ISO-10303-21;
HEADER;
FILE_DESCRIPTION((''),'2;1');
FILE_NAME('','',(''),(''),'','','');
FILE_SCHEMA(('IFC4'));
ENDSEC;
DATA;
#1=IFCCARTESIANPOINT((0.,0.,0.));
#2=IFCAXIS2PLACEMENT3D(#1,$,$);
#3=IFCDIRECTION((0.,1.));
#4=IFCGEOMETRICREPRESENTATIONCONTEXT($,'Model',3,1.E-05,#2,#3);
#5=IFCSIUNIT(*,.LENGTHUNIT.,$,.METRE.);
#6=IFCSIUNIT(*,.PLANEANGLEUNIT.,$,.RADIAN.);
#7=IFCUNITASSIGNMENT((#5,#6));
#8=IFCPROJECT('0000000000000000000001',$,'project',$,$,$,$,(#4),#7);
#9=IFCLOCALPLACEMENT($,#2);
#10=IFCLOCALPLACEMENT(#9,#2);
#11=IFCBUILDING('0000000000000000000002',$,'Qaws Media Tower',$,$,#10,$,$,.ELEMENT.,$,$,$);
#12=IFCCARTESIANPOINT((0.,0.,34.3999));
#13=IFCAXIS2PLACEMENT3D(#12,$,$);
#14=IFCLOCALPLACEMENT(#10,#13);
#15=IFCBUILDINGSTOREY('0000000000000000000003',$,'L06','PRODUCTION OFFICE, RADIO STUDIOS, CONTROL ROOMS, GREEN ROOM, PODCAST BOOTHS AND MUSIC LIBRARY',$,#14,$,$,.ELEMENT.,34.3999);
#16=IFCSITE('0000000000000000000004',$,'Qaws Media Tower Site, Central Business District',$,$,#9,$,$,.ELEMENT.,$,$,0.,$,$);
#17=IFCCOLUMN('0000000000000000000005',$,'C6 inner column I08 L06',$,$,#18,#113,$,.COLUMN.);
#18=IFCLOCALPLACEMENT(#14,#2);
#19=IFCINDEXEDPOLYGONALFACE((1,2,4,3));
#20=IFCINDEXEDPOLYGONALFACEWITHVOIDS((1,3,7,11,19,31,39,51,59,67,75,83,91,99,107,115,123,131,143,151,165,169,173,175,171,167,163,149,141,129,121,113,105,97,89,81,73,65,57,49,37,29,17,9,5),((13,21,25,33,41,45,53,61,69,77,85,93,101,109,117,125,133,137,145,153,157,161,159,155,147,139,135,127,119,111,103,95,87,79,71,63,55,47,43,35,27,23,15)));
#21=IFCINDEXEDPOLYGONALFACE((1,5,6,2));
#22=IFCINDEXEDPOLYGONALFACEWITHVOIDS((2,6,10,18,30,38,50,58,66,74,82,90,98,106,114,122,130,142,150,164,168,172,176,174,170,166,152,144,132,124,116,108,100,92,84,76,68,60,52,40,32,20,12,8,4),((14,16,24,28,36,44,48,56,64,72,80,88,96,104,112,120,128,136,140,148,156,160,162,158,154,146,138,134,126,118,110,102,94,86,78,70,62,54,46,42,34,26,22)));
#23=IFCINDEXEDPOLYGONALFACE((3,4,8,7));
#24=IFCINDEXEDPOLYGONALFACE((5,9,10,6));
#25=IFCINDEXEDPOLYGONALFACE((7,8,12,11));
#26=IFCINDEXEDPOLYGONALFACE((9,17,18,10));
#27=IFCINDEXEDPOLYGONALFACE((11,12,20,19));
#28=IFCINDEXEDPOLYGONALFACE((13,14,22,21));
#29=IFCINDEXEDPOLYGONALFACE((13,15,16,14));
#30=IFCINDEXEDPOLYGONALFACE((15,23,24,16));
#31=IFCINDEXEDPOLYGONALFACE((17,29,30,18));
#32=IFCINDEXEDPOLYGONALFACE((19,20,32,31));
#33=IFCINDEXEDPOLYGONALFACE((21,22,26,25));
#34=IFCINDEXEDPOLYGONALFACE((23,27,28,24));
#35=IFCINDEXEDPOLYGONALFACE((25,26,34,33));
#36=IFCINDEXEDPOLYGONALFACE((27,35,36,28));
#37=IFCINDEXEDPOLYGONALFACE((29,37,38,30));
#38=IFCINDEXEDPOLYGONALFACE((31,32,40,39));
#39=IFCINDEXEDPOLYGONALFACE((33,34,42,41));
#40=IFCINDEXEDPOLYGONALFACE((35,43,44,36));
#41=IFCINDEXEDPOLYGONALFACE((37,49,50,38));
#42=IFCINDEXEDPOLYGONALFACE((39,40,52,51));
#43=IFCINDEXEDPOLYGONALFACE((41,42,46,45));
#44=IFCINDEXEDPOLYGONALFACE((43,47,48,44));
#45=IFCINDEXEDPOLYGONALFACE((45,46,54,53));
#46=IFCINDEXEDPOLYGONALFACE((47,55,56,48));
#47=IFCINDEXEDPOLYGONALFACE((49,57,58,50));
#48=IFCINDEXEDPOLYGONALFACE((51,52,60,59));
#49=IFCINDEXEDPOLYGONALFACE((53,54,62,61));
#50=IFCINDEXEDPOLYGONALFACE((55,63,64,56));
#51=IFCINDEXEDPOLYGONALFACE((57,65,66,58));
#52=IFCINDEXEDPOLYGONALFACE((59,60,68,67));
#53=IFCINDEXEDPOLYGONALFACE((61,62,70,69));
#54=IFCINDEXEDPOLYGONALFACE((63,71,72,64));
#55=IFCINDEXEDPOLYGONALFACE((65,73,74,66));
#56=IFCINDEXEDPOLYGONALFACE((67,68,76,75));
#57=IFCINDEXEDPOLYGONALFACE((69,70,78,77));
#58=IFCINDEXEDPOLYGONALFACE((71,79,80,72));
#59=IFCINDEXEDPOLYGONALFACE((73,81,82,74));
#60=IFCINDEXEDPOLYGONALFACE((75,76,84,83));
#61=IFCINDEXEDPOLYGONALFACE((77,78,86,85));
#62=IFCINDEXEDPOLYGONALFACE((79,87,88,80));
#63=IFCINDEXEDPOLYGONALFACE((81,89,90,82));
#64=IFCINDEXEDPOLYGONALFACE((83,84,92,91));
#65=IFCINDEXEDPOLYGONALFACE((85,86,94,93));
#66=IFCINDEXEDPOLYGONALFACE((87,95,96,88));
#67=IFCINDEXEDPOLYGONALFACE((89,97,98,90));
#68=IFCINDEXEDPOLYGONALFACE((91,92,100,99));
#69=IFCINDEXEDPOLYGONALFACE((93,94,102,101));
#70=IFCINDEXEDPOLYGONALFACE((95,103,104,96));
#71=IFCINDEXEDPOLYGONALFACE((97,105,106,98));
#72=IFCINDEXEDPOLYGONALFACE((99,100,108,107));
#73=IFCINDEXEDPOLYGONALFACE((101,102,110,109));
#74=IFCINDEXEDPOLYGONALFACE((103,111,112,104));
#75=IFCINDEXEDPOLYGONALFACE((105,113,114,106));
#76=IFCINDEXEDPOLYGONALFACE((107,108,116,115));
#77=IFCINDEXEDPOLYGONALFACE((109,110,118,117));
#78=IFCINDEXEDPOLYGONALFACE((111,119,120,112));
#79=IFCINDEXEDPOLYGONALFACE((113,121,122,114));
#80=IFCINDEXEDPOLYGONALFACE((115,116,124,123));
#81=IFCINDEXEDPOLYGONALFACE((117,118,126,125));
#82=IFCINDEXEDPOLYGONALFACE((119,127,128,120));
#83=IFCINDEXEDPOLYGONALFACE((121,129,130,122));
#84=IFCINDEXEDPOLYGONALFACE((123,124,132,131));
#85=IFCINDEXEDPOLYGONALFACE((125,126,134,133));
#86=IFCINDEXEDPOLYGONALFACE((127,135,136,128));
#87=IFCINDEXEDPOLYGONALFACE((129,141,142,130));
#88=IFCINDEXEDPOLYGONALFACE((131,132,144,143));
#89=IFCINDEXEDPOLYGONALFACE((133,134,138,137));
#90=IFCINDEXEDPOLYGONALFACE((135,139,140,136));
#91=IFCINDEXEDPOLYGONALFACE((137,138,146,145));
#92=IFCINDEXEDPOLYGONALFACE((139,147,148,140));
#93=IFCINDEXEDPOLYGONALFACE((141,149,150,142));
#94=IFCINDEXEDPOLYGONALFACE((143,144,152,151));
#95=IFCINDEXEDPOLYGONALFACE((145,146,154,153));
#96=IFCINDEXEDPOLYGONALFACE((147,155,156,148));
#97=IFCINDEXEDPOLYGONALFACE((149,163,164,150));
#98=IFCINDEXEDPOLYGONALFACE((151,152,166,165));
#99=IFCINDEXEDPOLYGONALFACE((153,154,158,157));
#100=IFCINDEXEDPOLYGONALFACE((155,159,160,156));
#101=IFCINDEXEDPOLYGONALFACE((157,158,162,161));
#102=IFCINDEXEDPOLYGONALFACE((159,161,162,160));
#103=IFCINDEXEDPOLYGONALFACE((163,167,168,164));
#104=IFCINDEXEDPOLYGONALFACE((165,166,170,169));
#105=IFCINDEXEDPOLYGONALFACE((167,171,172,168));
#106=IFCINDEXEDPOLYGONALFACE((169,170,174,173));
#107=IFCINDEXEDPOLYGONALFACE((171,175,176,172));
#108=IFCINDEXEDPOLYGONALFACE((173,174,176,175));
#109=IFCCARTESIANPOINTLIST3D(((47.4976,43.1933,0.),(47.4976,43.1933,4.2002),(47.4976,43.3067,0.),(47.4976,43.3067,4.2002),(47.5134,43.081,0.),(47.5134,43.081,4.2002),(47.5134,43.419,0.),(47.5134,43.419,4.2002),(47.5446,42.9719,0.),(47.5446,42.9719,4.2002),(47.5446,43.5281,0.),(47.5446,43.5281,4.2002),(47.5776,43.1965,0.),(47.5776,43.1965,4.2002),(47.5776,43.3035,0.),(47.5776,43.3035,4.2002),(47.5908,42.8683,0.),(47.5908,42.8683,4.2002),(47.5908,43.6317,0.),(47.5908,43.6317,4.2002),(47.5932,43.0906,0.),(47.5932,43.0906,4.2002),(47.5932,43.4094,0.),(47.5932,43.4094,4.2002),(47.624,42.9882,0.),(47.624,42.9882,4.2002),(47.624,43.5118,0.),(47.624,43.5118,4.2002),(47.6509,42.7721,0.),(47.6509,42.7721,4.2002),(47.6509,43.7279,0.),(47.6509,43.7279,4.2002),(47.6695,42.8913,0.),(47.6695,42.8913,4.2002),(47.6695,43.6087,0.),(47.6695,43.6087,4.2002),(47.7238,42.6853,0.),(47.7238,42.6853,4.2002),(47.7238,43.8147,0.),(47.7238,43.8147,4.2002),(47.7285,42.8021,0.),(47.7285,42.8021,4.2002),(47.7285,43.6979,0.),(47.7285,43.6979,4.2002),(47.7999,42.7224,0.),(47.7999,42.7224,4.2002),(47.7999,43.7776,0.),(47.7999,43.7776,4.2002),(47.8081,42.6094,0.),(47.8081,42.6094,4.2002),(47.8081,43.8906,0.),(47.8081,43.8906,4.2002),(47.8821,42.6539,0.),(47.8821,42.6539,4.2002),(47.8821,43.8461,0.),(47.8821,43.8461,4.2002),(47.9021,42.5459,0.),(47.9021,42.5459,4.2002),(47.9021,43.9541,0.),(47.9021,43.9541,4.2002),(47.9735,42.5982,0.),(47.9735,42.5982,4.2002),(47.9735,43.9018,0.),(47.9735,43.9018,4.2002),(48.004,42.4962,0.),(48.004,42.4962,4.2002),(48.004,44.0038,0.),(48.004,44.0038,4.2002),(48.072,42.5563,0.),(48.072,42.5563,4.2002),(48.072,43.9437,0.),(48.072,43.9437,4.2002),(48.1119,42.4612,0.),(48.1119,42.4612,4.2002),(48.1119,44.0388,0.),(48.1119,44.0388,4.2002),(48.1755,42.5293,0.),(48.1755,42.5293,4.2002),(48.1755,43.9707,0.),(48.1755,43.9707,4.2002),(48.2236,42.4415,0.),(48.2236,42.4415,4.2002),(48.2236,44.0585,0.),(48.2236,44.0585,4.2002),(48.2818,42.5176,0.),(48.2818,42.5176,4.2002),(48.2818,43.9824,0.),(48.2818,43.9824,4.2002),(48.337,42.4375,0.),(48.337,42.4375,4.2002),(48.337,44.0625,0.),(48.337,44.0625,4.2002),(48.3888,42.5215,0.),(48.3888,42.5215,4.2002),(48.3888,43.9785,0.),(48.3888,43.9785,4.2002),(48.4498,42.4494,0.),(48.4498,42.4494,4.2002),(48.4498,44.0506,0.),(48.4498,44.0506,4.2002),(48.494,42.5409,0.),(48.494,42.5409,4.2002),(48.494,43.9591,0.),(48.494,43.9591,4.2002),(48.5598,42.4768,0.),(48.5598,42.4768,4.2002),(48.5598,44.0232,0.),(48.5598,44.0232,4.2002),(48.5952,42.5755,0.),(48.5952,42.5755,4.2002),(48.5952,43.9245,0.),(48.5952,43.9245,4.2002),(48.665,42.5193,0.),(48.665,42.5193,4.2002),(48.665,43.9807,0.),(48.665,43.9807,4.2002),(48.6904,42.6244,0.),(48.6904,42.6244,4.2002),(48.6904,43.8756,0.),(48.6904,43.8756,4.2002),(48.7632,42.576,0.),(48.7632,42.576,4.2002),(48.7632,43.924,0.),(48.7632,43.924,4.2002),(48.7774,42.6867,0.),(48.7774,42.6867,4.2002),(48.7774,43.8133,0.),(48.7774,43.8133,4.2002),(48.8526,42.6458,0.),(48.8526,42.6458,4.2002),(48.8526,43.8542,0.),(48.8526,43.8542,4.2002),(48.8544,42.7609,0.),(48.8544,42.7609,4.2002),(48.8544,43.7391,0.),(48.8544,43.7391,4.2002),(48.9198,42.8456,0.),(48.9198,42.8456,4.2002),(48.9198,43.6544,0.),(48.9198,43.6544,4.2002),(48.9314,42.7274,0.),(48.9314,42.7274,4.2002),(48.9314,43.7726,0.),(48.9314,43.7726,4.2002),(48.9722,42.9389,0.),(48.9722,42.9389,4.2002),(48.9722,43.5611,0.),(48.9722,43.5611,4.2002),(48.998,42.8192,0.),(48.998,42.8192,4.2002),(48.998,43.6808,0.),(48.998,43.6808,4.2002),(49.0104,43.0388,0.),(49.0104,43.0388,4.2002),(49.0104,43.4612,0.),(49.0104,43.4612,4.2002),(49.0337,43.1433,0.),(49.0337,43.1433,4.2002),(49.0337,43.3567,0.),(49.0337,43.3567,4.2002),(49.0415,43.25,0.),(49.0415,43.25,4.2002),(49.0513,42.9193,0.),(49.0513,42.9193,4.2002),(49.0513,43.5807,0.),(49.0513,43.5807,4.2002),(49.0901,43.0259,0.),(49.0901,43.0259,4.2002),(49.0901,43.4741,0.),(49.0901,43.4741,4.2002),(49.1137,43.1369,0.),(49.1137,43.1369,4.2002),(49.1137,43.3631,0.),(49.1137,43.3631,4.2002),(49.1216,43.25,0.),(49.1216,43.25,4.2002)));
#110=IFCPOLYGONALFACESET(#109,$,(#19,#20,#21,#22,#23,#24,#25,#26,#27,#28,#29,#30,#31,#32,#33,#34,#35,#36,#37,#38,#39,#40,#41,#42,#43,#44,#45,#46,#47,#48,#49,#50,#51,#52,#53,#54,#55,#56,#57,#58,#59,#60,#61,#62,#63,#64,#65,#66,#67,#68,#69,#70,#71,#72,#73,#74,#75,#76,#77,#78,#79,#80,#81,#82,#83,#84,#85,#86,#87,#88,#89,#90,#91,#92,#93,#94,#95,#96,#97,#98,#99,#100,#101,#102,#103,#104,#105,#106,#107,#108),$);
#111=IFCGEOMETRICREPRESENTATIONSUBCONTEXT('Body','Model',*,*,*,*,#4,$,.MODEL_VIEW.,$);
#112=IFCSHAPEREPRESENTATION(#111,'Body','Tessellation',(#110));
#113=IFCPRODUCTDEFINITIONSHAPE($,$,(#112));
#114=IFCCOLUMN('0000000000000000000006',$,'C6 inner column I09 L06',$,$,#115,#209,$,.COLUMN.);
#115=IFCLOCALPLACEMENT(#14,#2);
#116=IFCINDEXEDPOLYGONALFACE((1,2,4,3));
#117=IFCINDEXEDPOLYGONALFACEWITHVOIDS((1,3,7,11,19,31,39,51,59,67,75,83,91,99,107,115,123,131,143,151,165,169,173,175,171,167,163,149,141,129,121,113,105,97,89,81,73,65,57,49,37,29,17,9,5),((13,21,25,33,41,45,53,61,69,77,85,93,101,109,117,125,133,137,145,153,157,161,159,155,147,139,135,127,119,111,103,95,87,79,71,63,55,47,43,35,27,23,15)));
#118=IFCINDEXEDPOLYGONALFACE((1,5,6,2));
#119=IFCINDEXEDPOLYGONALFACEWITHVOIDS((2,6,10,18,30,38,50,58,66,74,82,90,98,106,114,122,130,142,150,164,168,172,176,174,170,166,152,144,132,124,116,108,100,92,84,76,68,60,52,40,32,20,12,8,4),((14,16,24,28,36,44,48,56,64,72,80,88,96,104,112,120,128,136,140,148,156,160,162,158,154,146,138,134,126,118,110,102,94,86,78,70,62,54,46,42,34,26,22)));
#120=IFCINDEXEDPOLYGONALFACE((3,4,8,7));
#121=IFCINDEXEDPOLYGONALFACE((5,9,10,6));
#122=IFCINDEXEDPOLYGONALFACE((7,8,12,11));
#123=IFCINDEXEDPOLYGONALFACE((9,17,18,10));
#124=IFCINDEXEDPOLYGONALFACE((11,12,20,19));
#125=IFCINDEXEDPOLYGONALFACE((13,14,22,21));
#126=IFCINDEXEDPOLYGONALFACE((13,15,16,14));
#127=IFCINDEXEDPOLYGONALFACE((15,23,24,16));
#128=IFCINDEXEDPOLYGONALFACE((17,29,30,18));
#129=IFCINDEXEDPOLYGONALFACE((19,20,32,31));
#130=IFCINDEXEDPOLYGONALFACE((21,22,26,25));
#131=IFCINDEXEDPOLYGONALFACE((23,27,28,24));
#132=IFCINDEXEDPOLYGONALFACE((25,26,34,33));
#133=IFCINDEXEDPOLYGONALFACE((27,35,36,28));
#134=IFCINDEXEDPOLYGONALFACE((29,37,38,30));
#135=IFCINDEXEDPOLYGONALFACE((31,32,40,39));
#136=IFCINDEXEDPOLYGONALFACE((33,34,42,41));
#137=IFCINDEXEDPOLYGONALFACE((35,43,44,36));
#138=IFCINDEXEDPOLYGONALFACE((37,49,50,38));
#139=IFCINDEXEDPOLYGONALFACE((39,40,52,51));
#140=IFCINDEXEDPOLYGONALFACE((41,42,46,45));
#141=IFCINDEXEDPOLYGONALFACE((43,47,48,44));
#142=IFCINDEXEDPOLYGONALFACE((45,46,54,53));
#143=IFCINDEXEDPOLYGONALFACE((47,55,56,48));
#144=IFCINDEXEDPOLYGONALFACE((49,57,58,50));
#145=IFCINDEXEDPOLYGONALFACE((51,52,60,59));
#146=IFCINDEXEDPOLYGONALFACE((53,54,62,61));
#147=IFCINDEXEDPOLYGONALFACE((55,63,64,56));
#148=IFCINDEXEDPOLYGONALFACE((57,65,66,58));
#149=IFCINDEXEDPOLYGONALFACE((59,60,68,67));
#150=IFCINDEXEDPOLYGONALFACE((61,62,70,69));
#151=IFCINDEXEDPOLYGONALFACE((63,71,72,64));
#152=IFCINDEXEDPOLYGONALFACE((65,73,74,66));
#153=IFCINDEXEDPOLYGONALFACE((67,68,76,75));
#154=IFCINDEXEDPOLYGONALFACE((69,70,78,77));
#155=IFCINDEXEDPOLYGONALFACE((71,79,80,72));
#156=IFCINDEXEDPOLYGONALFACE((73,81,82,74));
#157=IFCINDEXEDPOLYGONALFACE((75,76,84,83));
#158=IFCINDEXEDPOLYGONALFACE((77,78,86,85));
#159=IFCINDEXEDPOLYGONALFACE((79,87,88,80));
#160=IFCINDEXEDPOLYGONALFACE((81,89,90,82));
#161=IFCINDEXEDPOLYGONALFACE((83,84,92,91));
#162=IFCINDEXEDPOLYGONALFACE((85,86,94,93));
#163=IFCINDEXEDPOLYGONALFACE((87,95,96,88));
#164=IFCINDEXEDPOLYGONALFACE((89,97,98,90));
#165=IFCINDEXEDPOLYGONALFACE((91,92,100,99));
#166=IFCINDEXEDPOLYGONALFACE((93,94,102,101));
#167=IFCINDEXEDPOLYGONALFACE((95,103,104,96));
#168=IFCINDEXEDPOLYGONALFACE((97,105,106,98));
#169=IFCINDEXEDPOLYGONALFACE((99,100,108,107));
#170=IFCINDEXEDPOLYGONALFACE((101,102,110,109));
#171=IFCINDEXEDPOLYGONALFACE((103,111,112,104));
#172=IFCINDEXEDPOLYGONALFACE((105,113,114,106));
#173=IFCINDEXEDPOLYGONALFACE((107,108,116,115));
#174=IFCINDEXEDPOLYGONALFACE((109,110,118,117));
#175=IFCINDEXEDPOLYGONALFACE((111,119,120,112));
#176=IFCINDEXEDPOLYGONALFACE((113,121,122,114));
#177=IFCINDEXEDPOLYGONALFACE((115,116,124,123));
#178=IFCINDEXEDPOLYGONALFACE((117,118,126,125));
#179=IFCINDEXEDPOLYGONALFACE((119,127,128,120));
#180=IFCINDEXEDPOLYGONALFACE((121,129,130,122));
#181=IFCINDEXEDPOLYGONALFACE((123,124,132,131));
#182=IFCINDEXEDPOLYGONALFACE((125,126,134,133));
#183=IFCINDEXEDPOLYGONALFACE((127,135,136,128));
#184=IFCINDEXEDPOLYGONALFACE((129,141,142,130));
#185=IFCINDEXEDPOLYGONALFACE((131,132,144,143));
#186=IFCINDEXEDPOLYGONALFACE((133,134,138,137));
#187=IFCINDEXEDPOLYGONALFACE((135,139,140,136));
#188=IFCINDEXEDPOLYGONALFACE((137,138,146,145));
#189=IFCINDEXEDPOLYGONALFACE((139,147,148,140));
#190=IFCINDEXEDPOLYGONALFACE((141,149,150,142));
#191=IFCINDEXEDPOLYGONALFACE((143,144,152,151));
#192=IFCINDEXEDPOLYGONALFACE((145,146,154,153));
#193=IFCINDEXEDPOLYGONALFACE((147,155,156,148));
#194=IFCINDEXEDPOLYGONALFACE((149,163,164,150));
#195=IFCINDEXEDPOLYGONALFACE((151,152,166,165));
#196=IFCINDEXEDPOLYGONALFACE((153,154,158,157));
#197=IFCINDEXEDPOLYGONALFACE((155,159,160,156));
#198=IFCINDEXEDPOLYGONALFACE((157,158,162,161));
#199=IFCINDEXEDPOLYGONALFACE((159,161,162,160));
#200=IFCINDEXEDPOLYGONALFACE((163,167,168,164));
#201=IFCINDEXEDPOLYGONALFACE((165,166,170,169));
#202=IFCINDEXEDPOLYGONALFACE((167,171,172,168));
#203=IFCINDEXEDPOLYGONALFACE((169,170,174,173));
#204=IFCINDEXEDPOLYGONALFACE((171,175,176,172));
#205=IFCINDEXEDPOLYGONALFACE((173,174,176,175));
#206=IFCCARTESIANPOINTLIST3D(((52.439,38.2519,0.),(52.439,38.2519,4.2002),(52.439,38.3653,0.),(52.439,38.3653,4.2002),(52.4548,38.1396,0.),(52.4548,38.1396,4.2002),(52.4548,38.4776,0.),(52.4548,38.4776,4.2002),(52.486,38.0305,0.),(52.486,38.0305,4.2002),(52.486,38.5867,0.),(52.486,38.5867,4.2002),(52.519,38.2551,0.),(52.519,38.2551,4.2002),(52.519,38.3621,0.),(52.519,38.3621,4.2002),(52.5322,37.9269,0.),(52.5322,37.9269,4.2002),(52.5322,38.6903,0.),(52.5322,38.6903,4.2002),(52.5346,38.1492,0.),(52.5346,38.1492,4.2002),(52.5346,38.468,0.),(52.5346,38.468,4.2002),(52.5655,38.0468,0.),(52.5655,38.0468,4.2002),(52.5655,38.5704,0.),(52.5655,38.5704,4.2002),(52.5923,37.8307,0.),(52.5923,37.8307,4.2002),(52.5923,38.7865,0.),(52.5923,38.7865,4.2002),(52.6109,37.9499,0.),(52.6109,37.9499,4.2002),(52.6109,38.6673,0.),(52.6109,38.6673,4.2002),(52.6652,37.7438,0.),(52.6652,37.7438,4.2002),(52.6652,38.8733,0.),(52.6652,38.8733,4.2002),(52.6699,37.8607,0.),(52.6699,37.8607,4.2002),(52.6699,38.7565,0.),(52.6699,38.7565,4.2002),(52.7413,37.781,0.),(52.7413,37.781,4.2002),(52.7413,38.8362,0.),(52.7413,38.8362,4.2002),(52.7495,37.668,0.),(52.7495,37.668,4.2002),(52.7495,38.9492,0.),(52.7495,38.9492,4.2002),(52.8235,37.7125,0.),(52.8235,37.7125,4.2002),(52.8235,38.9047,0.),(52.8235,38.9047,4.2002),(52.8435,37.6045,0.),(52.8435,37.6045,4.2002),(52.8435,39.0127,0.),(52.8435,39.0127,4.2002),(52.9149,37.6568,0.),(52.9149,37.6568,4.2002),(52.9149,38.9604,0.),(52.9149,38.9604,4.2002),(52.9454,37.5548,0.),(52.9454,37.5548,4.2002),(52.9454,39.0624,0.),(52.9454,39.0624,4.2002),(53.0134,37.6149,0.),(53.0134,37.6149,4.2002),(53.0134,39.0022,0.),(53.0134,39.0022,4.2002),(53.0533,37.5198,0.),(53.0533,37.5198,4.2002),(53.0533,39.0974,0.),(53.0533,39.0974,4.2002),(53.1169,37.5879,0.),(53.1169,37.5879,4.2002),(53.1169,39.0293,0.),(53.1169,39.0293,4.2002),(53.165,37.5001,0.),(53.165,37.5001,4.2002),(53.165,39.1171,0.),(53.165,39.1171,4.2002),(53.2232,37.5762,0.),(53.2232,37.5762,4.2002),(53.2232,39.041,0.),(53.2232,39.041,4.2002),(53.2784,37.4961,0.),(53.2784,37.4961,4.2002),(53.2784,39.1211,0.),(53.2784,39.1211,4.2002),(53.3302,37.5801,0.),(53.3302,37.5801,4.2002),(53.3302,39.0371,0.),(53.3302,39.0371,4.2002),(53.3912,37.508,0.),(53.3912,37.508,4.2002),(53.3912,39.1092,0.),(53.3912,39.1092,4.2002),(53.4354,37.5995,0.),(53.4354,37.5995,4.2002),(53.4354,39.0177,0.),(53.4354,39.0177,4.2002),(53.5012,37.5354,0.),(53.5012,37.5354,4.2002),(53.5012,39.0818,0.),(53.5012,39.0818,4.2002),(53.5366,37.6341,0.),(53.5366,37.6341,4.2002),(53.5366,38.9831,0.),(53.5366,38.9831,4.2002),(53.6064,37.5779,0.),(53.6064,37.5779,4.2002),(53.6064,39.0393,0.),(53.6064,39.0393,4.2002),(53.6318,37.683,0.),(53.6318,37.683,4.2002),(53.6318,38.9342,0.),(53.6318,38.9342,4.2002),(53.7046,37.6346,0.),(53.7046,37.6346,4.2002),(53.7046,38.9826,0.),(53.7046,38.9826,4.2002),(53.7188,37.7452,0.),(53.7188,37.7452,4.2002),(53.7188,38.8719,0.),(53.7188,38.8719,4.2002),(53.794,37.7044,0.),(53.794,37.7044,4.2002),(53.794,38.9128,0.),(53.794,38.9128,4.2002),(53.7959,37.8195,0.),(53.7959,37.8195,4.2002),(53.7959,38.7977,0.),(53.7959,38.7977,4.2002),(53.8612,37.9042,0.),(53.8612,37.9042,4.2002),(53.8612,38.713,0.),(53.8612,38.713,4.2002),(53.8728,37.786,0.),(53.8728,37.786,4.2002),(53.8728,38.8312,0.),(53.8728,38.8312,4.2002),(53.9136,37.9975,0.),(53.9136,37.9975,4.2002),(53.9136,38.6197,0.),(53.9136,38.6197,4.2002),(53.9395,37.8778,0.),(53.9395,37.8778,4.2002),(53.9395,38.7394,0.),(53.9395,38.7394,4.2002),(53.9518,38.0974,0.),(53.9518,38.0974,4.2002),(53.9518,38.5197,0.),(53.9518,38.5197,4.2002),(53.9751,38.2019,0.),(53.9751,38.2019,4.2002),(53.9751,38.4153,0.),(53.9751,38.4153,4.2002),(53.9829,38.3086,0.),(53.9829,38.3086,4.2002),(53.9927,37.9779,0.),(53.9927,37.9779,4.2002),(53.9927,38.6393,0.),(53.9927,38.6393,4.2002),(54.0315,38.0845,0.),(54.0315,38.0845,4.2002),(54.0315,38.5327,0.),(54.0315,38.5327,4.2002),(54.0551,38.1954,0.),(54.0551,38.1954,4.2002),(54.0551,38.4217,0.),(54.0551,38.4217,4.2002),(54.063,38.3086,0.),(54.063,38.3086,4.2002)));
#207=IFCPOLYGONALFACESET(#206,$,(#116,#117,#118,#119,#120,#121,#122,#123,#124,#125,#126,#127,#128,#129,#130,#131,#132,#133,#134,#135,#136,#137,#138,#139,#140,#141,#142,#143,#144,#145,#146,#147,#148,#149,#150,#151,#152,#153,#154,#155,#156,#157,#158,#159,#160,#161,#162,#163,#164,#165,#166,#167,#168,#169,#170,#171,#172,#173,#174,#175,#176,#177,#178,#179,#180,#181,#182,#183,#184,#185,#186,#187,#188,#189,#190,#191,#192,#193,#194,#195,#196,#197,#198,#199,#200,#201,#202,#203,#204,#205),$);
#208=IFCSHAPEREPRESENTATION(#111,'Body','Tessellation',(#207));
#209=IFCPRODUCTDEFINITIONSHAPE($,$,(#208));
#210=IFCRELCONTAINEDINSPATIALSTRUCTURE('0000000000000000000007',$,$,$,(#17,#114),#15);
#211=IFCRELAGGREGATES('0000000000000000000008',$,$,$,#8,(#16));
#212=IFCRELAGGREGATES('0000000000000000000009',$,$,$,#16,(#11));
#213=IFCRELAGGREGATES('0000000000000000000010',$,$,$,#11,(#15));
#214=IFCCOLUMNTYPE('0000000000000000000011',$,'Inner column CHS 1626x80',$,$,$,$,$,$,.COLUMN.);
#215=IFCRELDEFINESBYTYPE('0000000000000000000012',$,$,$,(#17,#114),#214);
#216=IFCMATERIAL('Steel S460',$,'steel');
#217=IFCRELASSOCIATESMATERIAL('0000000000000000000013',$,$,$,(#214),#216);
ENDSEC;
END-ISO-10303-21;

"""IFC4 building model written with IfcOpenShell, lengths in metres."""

from ifc_helpers import new_model, si_unit, direction, frame, origin, origin_2d, place, context, subcontext, project, spatial, hollow_circle, extrude, material, material_profile, profile_set, type_object, element, save


model = new_model("IFC4")

# Units and contexts
model_context = context("Model", 3, precision=1e-05, world=origin(), true_north=direction((0.0, 1.0)))
body_context = subcontext(model_context, "Body", "Model", "MODEL_VIEW")
ifc_project = project(units=[si_unit("LENGTHUNIT", "METRE"), si_unit("PLANEANGLEUNIT", "RADIAN")], contexts=[model_context])

# Site, building, storey
site_placement = place(None, origin())
site = spatial("IfcSite", under=ifc_project, at=site_placement, Name="Qaws Media Tower Site, Central Business District", CompositionType="ELEMENT", RefElevation=0.0)
building_placement = place(site_placement, origin())
building = spatial("IfcBuilding", under=site, at=building_placement, Name="Qaws Media Tower", CompositionType="ELEMENT")
storey_placement = place(building_placement, frame((0.0, 0.0, 34.3999)))
storey = spatial("IfcBuildingStorey", under=building, at=storey_placement, Name="L06", Description="PRODUCTION OFFICE, RADIO STUDIOS, CONTROL ROOMS, GREEN ROOM, PODCAST BOOTHS AND MUSIC LIBRARY", CompositionType="ELEMENT", Elevation=34.3999)

# Columns
ifc_material_1 = material(Name="Steel S460", Category="steel")
ifc_material_profile_1 = material_profile(ifc_material_1, hollow_circle(Radius=0.813, WallThickness=0.0801, at=origin_2d()), Name="CHS 1626x80")
ifc_profile_set_1 = profile_set([ifc_material_profile_1], Name="Steel S460")
column_type = type_object("IfcColumnType", Name="Inner column CHS 1626x80", PredefinedType="COLUMN", material=ifc_profile_set_1)
for number, where, z_axis, x_axis, name in (
    (1, (48.3086, 43.25, 0.0), (0.0, 0.0, 1.0), (1.0, 0.0, 0.0), "C6 inner column I08 L06"),
    (2, (53.25, 38.3086, 0.0), (0.0, 0.0, 1.0), (1.0, 0.0, 0.0), "C6 inner column I09 L06"),
):
    element("IfcColumn", number, at=place(storey_placement, frame(where, z_axis=z_axis, x_axis=x_axis)), inside=storey, type_object=column_type, Name=name, PredefinedType="COLUMN", context=body_context, shape_type="SweptSolid", body=[
        extrude(hollow_circle(Radius=0.813, WallThickness=0.0801, at=origin_2d()), origin(), (0.0, 0.0, 1.0), 4.2002),
    ])

save(model, "model.ifc")
